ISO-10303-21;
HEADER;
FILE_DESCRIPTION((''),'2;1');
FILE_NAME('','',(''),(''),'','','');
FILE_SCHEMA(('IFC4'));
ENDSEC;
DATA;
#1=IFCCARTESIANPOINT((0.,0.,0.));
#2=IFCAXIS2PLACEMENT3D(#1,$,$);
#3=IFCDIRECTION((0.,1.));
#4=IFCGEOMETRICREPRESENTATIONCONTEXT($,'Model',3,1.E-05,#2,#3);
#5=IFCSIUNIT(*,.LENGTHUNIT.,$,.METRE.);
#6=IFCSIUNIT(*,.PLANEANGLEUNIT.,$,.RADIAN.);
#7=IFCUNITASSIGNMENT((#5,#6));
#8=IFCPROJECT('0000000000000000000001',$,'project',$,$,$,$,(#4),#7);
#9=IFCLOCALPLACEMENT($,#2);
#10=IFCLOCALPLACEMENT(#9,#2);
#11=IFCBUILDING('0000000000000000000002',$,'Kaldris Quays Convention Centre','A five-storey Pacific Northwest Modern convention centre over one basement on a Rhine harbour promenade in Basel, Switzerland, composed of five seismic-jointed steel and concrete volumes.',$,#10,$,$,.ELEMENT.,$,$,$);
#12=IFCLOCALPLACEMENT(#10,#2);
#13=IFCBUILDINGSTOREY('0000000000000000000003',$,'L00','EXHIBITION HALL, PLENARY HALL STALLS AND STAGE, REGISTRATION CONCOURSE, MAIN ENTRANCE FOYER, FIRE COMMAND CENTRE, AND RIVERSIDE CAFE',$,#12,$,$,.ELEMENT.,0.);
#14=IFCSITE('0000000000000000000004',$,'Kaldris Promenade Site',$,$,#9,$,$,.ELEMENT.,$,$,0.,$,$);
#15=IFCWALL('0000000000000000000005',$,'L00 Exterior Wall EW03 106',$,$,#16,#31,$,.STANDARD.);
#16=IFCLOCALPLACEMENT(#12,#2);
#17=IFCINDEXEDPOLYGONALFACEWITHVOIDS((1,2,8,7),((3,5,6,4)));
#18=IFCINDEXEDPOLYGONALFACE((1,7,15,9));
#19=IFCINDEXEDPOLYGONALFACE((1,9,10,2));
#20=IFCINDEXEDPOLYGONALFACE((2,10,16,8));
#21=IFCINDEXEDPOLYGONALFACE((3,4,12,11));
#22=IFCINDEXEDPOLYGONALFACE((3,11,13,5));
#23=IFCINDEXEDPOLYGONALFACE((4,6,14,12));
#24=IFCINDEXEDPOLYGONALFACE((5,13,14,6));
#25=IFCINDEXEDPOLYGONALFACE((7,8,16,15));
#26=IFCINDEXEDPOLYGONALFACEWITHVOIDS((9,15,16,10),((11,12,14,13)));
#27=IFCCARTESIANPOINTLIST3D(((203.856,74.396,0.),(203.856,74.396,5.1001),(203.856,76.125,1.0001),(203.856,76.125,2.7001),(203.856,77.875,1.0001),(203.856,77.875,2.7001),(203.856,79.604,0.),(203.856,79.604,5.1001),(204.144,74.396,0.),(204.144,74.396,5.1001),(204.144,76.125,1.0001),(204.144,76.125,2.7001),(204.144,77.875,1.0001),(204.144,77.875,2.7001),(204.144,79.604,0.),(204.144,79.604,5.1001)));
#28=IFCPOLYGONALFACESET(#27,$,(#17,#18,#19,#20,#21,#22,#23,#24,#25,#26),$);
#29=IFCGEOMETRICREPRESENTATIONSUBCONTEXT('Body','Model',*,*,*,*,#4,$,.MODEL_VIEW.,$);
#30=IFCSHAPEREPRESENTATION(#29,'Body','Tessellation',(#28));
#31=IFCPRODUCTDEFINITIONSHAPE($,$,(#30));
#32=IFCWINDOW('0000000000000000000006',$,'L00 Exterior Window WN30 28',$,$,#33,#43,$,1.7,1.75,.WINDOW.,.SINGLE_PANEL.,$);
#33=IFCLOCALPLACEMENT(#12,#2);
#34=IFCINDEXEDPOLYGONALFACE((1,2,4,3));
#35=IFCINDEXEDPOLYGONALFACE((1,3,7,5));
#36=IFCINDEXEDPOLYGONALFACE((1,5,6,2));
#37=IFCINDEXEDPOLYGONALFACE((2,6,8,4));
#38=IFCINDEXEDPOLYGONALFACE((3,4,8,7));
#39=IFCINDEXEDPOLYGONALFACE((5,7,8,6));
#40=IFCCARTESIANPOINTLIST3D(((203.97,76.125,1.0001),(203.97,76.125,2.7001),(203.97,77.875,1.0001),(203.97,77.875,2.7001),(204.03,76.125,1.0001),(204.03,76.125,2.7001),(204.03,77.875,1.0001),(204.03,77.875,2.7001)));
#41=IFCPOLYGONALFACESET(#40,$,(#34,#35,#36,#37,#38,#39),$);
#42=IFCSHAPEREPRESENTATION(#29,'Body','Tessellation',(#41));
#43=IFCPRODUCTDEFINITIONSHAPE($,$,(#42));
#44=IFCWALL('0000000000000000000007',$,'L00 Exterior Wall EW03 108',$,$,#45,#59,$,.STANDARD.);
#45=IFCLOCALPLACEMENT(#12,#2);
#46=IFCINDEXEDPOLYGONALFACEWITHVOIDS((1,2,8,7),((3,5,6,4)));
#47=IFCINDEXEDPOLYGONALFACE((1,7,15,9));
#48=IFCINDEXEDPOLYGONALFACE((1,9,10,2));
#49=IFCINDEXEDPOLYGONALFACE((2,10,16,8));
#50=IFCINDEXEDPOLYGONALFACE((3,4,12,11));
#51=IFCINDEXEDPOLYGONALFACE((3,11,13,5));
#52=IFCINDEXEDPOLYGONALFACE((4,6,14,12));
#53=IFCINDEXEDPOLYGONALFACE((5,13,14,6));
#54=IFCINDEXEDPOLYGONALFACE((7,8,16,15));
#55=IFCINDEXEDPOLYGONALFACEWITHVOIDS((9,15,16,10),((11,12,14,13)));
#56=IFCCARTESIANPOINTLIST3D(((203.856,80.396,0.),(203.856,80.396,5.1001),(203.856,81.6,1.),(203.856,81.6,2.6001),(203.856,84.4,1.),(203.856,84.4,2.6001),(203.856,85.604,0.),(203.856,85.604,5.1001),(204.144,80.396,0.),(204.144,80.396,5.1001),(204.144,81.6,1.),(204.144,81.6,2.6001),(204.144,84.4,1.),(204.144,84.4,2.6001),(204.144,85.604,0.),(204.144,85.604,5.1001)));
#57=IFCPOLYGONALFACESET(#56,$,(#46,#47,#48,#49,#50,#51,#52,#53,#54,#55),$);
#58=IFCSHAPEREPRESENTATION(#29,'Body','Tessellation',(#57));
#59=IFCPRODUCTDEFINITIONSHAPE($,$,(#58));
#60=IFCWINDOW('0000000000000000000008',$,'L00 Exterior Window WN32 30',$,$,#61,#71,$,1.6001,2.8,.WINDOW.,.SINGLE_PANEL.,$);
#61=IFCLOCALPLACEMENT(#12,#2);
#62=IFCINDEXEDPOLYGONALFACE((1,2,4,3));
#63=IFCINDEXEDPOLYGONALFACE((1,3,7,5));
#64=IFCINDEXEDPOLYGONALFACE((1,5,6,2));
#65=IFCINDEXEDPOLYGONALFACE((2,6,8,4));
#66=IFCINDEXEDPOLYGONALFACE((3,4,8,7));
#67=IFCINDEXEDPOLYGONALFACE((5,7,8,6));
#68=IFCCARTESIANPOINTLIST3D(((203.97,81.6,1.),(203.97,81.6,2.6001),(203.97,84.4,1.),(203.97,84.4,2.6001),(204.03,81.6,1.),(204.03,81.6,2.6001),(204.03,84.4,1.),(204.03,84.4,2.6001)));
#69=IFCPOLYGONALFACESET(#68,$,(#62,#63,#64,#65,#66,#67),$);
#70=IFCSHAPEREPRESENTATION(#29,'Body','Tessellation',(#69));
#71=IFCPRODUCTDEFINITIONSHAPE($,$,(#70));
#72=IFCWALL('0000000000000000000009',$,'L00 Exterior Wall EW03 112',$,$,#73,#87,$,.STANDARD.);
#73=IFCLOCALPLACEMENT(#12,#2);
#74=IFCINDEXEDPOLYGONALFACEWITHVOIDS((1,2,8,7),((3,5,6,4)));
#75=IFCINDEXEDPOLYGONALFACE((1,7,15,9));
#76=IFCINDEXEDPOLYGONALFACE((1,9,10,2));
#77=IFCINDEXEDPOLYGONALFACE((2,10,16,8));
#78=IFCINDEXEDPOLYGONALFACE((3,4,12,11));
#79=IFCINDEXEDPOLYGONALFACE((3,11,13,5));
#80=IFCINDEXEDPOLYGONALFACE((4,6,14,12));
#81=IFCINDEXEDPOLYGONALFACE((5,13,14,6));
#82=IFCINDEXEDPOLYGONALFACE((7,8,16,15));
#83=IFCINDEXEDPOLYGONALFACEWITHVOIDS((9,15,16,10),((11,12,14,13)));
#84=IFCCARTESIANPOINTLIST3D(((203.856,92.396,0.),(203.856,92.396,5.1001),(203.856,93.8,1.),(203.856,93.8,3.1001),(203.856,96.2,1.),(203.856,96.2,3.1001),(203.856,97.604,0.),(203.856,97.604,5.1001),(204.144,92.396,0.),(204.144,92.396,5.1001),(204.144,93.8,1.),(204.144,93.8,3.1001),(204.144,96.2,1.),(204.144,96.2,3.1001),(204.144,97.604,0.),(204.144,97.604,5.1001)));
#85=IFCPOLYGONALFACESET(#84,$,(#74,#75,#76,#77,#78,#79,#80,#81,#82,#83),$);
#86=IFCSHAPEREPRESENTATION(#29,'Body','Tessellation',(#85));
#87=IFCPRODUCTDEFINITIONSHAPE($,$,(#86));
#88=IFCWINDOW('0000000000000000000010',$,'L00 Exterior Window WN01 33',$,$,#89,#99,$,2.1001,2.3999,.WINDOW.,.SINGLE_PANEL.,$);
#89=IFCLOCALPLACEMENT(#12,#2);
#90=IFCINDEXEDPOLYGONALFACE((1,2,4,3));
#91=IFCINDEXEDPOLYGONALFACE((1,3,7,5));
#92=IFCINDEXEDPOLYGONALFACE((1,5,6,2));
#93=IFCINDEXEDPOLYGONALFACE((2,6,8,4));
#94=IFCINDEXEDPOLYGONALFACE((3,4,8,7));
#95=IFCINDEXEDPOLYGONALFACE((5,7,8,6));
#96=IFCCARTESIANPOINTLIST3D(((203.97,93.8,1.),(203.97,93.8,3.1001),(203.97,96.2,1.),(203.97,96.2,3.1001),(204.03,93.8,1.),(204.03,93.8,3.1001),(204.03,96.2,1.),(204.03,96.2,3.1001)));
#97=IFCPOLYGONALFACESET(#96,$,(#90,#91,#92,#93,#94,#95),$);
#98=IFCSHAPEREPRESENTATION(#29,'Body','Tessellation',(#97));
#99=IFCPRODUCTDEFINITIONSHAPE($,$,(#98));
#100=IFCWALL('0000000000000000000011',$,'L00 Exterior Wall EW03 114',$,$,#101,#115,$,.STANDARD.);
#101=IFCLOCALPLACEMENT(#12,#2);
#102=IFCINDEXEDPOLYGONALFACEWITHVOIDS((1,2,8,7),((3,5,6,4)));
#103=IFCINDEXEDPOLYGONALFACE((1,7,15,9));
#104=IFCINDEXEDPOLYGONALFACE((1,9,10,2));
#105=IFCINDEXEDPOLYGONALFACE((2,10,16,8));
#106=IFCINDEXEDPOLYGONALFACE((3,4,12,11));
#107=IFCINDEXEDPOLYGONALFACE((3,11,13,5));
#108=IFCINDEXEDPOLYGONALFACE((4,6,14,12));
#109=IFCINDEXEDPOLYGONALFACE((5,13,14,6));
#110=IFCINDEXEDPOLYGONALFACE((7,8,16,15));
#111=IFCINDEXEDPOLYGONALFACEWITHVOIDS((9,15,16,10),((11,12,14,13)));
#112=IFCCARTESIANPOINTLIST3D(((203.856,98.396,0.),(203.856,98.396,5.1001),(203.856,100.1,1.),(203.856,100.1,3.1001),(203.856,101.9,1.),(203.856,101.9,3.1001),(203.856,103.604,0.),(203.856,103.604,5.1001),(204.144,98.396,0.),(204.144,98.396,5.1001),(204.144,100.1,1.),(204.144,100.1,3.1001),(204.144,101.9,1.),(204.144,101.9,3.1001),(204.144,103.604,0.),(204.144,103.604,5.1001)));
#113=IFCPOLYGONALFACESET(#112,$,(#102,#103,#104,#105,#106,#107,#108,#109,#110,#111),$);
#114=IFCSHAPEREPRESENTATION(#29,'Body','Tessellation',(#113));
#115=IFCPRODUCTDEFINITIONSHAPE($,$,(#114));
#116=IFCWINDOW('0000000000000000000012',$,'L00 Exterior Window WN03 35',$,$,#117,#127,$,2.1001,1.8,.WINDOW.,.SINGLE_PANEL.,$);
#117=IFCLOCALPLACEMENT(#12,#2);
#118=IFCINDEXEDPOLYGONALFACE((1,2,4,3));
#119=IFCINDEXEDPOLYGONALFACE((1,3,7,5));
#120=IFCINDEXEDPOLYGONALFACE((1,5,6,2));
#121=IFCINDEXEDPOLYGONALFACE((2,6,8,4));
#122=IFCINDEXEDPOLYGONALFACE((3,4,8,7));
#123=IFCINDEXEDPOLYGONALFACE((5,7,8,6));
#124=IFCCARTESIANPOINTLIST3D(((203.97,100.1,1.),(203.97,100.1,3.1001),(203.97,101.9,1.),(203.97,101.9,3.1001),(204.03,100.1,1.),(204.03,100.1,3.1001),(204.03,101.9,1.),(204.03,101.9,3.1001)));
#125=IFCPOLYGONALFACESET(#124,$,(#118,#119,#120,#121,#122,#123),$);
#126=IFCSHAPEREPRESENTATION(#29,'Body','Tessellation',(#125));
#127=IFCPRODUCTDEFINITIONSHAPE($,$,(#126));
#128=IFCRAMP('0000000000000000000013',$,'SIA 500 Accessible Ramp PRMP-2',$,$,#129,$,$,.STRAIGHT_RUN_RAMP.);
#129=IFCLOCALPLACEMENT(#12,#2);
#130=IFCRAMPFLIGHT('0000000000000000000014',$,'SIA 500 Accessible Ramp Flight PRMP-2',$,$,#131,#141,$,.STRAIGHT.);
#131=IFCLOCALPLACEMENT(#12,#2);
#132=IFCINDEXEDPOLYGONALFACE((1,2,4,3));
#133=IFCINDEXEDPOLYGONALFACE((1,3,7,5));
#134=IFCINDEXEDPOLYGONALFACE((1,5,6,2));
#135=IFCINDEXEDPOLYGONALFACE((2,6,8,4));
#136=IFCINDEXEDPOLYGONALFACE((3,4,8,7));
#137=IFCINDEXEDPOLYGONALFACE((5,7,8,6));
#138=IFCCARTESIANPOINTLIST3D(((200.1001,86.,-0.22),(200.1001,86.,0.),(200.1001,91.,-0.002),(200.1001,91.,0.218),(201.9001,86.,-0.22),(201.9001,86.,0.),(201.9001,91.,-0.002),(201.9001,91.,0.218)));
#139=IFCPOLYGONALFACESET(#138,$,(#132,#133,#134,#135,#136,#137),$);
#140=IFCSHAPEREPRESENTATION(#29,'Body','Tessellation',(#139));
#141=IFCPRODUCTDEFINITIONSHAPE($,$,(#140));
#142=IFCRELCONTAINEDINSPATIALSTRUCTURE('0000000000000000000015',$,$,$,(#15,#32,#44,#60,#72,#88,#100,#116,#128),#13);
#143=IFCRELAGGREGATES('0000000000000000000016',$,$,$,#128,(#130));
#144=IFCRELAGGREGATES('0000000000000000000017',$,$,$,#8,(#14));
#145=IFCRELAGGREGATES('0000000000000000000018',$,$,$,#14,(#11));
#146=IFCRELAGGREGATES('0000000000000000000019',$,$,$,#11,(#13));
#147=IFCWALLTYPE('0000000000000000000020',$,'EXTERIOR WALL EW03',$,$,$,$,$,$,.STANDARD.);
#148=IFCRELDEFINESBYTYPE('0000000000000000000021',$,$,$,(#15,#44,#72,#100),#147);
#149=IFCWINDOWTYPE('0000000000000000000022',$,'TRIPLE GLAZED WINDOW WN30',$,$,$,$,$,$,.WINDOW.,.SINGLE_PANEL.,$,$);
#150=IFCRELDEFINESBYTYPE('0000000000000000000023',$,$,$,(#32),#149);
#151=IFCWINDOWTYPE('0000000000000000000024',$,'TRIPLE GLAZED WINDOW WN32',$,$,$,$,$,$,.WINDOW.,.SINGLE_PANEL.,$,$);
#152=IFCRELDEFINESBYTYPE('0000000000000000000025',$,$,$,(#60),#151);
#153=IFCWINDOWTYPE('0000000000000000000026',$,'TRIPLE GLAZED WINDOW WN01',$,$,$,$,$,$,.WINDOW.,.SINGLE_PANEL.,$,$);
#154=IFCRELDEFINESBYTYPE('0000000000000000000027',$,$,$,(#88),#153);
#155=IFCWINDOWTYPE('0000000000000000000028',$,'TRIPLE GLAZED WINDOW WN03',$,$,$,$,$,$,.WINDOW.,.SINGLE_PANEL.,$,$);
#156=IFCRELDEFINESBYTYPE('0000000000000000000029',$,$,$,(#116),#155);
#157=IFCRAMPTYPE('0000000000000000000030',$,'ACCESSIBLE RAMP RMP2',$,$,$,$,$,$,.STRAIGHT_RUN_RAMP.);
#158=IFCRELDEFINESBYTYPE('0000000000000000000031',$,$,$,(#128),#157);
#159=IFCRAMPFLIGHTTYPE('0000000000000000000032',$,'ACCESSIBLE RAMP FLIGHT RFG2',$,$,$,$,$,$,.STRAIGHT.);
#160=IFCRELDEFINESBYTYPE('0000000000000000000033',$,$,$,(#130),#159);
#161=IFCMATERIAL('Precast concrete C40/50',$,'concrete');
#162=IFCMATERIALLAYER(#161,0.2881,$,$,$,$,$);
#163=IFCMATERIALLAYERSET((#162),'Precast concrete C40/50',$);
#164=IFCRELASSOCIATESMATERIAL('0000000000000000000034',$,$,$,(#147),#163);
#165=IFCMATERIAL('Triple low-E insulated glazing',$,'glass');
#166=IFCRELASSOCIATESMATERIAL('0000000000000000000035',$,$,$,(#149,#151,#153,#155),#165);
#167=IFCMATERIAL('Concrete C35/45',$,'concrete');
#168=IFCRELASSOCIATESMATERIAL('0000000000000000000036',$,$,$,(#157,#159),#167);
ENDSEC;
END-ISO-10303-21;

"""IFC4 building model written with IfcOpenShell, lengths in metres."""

from ifc_helpers import new_model, si_unit, direction, frame, frame_2d, origin, place, context, subcontext, project, spatial, polyline, rectangle, outline, extrude, material, layer, layer_set, type_object, element, fill, aggregate, save


model = new_model("IFC4")

# Units and contexts
model_context = context("Model", 3, precision=1e-05, world=origin(), true_north=direction((0.0, 1.0)))
body_context = subcontext(model_context, "Body", "Model", "MODEL_VIEW")
ifc_project = project(units=[si_unit("LENGTHUNIT", "METRE"), si_unit("PLANEANGLEUNIT", "RADIAN")], contexts=[model_context])

# Site, building, storey
site_placement = place(None, origin())
site = spatial("IfcSite", under=ifc_project, at=site_placement, Name="Kaldris Promenade Site", CompositionType="ELEMENT", RefElevation=0.0)
building_placement = place(site_placement, origin())
building = spatial("IfcBuilding", under=site, at=building_placement, Name="Kaldris Quays Convention Centre", Description="A five-storey Pacific Northwest Modern convention centre over one basement on a Rhine harbour promenade in Basel, Switzerland, composed of five seismic-jointed steel and concrete volumes.", CompositionType="ELEMENT")
storey_placement = place(building_placement, origin())
storey = spatial("IfcBuildingStorey", under=building, at=storey_placement, Name="L00", Description="EXHIBITION HALL, PLENARY HALL STALLS AND STAGE, REGISTRATION CONCOURSE, MAIN ENTRANCE FOYER, FIRE COMMAND CENTRE, AND RIVERSIDE CAFE", CompositionType="ELEMENT", Elevation=0.0)

# Shared definitions
ifc_material_1 = material(Name="Concrete C35/45", Category="concrete")

# Walls, openings, windows
ifc_material_2 = material(Name="Precast concrete C40/50", Category="concrete")
ifc_layer_1 = layer(ifc_material_2, 0.2881)
ifc_layer_set_1 = layer_set([ifc_layer_1], Name="Precast concrete C40/50")
wall_type_1 = type_object("IfcWallType", Name="EXTERIOR WALL EW03", PredefinedType="STANDARD", material=ifc_layer_set_1)
wall_1_placement = place(storey_placement, frame((204.0, 74.396, 0.0), z_axis=(0.0, 0.0, 1.0), x_axis=(0.0, 1.0, 0.0)))
wall_1 = element("IfcWall", 1, at=wall_1_placement, inside=storey, type_object=wall_type_1, Name="L00 Exterior Wall EW03 106", PredefinedType="STANDARD", context=body_context, shape_type="SweptSolid", body=[
    extrude(rectangle(XDim=5.208, YDim=0.2881, at=frame_2d((2.604, 0.0))), origin(), (0.0, 0.0, 1.0), 5.1001),
])
opening_1_placement = place(wall_1_placement, frame((1.729, 0.0, 1.0)))
opening_1 = element("IfcOpeningElement", 2, at=opening_1_placement, cuts=wall_1, PredefinedType="OPENING", context=body_context, shape_type="SweptSolid", body=[
    extrude(rectangle(XDim=1.75, YDim=1.7, at=frame_2d((0.875, 0.8501))), frame((0.0, 0.1541, 0.0), z_axis=(0.0, -1.0, 0.0), x_axis=(1.0, 0.0, 0.0)), (0.0, 0.0, 1.0), 0.3081),
])
ifc_material_3 = material(Name="Triple low-E insulated glazing", Category="glass")
window_type_1 = type_object("IfcWindowType", Name="TRIPLE GLAZED WINDOW WN30", PartitioningType="SINGLE_PANEL", PredefinedType="WINDOW", material=ifc_material_3)
window_1_placement = place(opening_1_placement, origin())
window_1 = element("IfcWindow", 3, at=window_1_placement, inside=storey, type_object=window_type_1, Name="L00 Exterior Window WN30 28", OverallHeight=1.7, OverallWidth=1.75, PartitioningType="SINGLE_PANEL", PredefinedType="WINDOW", context=body_context, shape_type="SweptSolid", body=[
    extrude(rectangle(XDim=1.75, YDim=1.7, at=frame_2d((0.875, 0.8501))), frame((0.0, 0.03, 0.0), z_axis=(0.0, -1.0, 0.0), x_axis=(1.0, 0.0, 0.0)), (0.0, 0.0, 1.0), 0.0601),
])
fill(opening_1, window_1)
wall_2_placement = place(storey_placement, frame((204.0, 80.396, 0.0), z_axis=(0.0, 0.0, 1.0), x_axis=(0.0, 1.0, 0.0)))
wall_2 = element("IfcWall", 4, at=wall_2_placement, inside=storey, type_object=wall_type_1, Name="L00 Exterior Wall EW03 108", PredefinedType="STANDARD", context=body_context, shape_type="SweptSolid", body=[
    extrude(rectangle(XDim=5.208, YDim=0.2881, at=frame_2d((2.604, 0.0))), origin(), (0.0, 0.0, 1.0), 5.1001),
])
opening_2_placement = place(wall_2_placement, frame((1.2041, 0.0, 1.0)))
opening_2 = element("IfcOpeningElement", 5, at=opening_2_placement, cuts=wall_2, PredefinedType="OPENING", context=body_context, shape_type="SweptSolid", body=[
    extrude(rectangle(XDim=2.8, YDim=1.6001, at=frame_2d((1.3999, 0.8))), frame((0.0, 0.1541, 0.0), z_axis=(0.0, -1.0, 0.0), x_axis=(1.0, 0.0, 0.0)), (0.0, 0.0, 1.0), 0.3081),
])
window_type_2 = type_object("IfcWindowType", Name="TRIPLE GLAZED WINDOW WN32", PartitioningType="SINGLE_PANEL", PredefinedType="WINDOW", material=ifc_material_3)
window_2_placement = place(opening_2_placement, origin())
window_2 = element("IfcWindow", 6, at=window_2_placement, inside=storey, type_object=window_type_2, Name="L00 Exterior Window WN32 30", OverallHeight=1.6001, OverallWidth=2.8, PartitioningType="SINGLE_PANEL", PredefinedType="WINDOW", context=body_context, shape_type="SweptSolid", body=[
    extrude(rectangle(XDim=2.8, YDim=1.6001, at=frame_2d((1.3999, 0.8))), frame((0.0, 0.03, 0.0), z_axis=(0.0, -1.0, 0.0), x_axis=(1.0, 0.0, 0.0)), (0.0, 0.0, 1.0), 0.0601),
])
fill(opening_2, window_2)
wall_3_placement = place(storey_placement, frame((204.0, 92.396, 0.0), z_axis=(0.0, 0.0, 1.0), x_axis=(0.0, 1.0, 0.0)))
wall_3 = element("IfcWall", 7, at=wall_3_placement, inside=storey, type_object=wall_type_1, Name="L00 Exterior Wall EW03 112", PredefinedType="STANDARD", context=body_context, shape_type="SweptSolid", body=[
    extrude(rectangle(XDim=5.208, YDim=0.2881, at=frame_2d((2.604, 0.0))), origin(), (0.0, 0.0, 1.0), 5.1001),
])
opening_3_placement = place(wall_3_placement, frame((1.4041, 0.0, 1.0)))
opening_3 = element("IfcOpeningElement", 8, at=opening_3_placement, cuts=wall_3, PredefinedType="OPENING", context=body_context, shape_type="SweptSolid", body=[
    extrude(rectangle(XDim=2.3999, YDim=2.1001, at=frame_2d((1.2, 1.05))), frame((0.0, 0.1541, 0.0), z_axis=(0.0, -1.0, 0.0), x_axis=(1.0, 0.0, 0.0)), (0.0, 0.0, 1.0), 0.3081),
])
window_type_3 = type_object("IfcWindowType", Name="TRIPLE GLAZED WINDOW WN01", PartitioningType="SINGLE_PANEL", PredefinedType="WINDOW", material=ifc_material_3)
window_3_placement = place(opening_3_placement, origin())
window_3 = element("IfcWindow", 9, at=window_3_placement, inside=storey, type_object=window_type_3, Name="L00 Exterior Window WN01 33", OverallHeight=2.1001, OverallWidth=2.3999, PartitioningType="SINGLE_PANEL", PredefinedType="WINDOW", context=body_context, shape_type="SweptSolid", body=[
    extrude(rectangle(XDim=2.3999, YDim=2.1001, at=frame_2d((1.2, 1.05))), frame((0.0, 0.03, 0.0), z_axis=(0.0, -1.0, 0.0), x_axis=(1.0, 0.0, 0.0)), (0.0, 0.0, 1.0), 0.0601),
])
fill(opening_3, window_3)
wall_4_placement = place(storey_placement, frame((204.0, 98.396, 0.0), z_axis=(0.0, 0.0, 1.0), x_axis=(0.0, 1.0, 0.0)))
wall_4 = element("IfcWall", 10, at=wall_4_placement, inside=storey, type_object=wall_type_1, Name="L00 Exterior Wall EW03 114", PredefinedType="STANDARD", context=body_context, shape_type="SweptSolid", body=[
    extrude(rectangle(XDim=5.208, YDim=0.2881, at=frame_2d((2.604, 0.0))), origin(), (0.0, 0.0, 1.0), 5.1001),
])
opening_4_placement = place(wall_4_placement, frame((1.7041, 0.0, 1.0)))
opening_4 = element("IfcOpeningElement", 11, at=opening_4_placement, cuts=wall_4, PredefinedType="OPENING", context=body_context, shape_type="SweptSolid", body=[
    extrude(rectangle(XDim=1.8, YDim=2.1001, at=frame_2d((0.8999, 1.05))), frame((0.0, 0.1541, 0.0), z_axis=(0.0, -1.0, 0.0), x_axis=(1.0, 0.0, 0.0)), (0.0, 0.0, 1.0), 0.3081),
])
window_type_4 = type_object("IfcWindowType", Name="TRIPLE GLAZED WINDOW WN03", PartitioningType="SINGLE_PANEL", PredefinedType="WINDOW", material=ifc_material_3)
window_4_placement = place(opening_4_placement, origin())
window_4 = element("IfcWindow", 12, at=window_4_placement, inside=storey, type_object=window_type_4, Name="L00 Exterior Window WN03 35", OverallHeight=2.1001, OverallWidth=1.8, PartitioningType="SINGLE_PANEL", PredefinedType="WINDOW", context=body_context, shape_type="SweptSolid", body=[
    extrude(rectangle(XDim=1.8, YDim=2.1001, at=frame_2d((0.8999, 1.05))), frame((0.0, 0.03, 0.0), z_axis=(0.0, -1.0, 0.0), x_axis=(1.0, 0.0, 0.0)), (0.0, 0.0, 1.0), 0.0601),
])
fill(opening_4, window_4)

# Ramp, ramp flight
ramp_type = type_object("IfcRampType", Name="ACCESSIBLE RAMP RMP2", PredefinedType="STRAIGHT_RUN_RAMP", material=ifc_material_1)
ramp_placement = place(storey_placement, origin())
ramp = element("IfcRamp", 13, at=ramp_placement, inside=storey, type_object=ramp_type, Name="SIA 500 Accessible Ramp PRMP-2", PredefinedType="STRAIGHT_RUN_RAMP")
ramp_flight_type = type_object("IfcRampFlightType", Name="ACCESSIBLE RAMP FLIGHT RFG2", PredefinedType="STRAIGHT", material=ifc_material_1)
ramp_flight_placement = place(storey_placement, frame((201.0, 86.0, 0.0), z_axis=(0.0, 0.0, 1.0), x_axis=(0.0, 1.0, 0.0)))
ramp_flight = element("IfcRampFlight", 14, at=ramp_flight_placement, type_object=ramp_flight_type, Name="SIA 500 Accessible Ramp Flight PRMP-2", PredefinedType="STRAIGHT", context=body_context, shape_type="SweptSolid", body=[
    extrude(outline(polyline([(0.0, -0.22), (0.0, 0.0), (5.0, 0.218), (5.0, -0.002), (0.0, -0.22)])), frame((0.0, 0.8999, 0.0), z_axis=(0.0, -1.0, 0.0), x_axis=(1.0, 0.0, 0.0)), (0.0, 0.0, 1.0), 1.8),
])
aggregate(ramp, [ramp_flight])

save(model, "model.ifc")
